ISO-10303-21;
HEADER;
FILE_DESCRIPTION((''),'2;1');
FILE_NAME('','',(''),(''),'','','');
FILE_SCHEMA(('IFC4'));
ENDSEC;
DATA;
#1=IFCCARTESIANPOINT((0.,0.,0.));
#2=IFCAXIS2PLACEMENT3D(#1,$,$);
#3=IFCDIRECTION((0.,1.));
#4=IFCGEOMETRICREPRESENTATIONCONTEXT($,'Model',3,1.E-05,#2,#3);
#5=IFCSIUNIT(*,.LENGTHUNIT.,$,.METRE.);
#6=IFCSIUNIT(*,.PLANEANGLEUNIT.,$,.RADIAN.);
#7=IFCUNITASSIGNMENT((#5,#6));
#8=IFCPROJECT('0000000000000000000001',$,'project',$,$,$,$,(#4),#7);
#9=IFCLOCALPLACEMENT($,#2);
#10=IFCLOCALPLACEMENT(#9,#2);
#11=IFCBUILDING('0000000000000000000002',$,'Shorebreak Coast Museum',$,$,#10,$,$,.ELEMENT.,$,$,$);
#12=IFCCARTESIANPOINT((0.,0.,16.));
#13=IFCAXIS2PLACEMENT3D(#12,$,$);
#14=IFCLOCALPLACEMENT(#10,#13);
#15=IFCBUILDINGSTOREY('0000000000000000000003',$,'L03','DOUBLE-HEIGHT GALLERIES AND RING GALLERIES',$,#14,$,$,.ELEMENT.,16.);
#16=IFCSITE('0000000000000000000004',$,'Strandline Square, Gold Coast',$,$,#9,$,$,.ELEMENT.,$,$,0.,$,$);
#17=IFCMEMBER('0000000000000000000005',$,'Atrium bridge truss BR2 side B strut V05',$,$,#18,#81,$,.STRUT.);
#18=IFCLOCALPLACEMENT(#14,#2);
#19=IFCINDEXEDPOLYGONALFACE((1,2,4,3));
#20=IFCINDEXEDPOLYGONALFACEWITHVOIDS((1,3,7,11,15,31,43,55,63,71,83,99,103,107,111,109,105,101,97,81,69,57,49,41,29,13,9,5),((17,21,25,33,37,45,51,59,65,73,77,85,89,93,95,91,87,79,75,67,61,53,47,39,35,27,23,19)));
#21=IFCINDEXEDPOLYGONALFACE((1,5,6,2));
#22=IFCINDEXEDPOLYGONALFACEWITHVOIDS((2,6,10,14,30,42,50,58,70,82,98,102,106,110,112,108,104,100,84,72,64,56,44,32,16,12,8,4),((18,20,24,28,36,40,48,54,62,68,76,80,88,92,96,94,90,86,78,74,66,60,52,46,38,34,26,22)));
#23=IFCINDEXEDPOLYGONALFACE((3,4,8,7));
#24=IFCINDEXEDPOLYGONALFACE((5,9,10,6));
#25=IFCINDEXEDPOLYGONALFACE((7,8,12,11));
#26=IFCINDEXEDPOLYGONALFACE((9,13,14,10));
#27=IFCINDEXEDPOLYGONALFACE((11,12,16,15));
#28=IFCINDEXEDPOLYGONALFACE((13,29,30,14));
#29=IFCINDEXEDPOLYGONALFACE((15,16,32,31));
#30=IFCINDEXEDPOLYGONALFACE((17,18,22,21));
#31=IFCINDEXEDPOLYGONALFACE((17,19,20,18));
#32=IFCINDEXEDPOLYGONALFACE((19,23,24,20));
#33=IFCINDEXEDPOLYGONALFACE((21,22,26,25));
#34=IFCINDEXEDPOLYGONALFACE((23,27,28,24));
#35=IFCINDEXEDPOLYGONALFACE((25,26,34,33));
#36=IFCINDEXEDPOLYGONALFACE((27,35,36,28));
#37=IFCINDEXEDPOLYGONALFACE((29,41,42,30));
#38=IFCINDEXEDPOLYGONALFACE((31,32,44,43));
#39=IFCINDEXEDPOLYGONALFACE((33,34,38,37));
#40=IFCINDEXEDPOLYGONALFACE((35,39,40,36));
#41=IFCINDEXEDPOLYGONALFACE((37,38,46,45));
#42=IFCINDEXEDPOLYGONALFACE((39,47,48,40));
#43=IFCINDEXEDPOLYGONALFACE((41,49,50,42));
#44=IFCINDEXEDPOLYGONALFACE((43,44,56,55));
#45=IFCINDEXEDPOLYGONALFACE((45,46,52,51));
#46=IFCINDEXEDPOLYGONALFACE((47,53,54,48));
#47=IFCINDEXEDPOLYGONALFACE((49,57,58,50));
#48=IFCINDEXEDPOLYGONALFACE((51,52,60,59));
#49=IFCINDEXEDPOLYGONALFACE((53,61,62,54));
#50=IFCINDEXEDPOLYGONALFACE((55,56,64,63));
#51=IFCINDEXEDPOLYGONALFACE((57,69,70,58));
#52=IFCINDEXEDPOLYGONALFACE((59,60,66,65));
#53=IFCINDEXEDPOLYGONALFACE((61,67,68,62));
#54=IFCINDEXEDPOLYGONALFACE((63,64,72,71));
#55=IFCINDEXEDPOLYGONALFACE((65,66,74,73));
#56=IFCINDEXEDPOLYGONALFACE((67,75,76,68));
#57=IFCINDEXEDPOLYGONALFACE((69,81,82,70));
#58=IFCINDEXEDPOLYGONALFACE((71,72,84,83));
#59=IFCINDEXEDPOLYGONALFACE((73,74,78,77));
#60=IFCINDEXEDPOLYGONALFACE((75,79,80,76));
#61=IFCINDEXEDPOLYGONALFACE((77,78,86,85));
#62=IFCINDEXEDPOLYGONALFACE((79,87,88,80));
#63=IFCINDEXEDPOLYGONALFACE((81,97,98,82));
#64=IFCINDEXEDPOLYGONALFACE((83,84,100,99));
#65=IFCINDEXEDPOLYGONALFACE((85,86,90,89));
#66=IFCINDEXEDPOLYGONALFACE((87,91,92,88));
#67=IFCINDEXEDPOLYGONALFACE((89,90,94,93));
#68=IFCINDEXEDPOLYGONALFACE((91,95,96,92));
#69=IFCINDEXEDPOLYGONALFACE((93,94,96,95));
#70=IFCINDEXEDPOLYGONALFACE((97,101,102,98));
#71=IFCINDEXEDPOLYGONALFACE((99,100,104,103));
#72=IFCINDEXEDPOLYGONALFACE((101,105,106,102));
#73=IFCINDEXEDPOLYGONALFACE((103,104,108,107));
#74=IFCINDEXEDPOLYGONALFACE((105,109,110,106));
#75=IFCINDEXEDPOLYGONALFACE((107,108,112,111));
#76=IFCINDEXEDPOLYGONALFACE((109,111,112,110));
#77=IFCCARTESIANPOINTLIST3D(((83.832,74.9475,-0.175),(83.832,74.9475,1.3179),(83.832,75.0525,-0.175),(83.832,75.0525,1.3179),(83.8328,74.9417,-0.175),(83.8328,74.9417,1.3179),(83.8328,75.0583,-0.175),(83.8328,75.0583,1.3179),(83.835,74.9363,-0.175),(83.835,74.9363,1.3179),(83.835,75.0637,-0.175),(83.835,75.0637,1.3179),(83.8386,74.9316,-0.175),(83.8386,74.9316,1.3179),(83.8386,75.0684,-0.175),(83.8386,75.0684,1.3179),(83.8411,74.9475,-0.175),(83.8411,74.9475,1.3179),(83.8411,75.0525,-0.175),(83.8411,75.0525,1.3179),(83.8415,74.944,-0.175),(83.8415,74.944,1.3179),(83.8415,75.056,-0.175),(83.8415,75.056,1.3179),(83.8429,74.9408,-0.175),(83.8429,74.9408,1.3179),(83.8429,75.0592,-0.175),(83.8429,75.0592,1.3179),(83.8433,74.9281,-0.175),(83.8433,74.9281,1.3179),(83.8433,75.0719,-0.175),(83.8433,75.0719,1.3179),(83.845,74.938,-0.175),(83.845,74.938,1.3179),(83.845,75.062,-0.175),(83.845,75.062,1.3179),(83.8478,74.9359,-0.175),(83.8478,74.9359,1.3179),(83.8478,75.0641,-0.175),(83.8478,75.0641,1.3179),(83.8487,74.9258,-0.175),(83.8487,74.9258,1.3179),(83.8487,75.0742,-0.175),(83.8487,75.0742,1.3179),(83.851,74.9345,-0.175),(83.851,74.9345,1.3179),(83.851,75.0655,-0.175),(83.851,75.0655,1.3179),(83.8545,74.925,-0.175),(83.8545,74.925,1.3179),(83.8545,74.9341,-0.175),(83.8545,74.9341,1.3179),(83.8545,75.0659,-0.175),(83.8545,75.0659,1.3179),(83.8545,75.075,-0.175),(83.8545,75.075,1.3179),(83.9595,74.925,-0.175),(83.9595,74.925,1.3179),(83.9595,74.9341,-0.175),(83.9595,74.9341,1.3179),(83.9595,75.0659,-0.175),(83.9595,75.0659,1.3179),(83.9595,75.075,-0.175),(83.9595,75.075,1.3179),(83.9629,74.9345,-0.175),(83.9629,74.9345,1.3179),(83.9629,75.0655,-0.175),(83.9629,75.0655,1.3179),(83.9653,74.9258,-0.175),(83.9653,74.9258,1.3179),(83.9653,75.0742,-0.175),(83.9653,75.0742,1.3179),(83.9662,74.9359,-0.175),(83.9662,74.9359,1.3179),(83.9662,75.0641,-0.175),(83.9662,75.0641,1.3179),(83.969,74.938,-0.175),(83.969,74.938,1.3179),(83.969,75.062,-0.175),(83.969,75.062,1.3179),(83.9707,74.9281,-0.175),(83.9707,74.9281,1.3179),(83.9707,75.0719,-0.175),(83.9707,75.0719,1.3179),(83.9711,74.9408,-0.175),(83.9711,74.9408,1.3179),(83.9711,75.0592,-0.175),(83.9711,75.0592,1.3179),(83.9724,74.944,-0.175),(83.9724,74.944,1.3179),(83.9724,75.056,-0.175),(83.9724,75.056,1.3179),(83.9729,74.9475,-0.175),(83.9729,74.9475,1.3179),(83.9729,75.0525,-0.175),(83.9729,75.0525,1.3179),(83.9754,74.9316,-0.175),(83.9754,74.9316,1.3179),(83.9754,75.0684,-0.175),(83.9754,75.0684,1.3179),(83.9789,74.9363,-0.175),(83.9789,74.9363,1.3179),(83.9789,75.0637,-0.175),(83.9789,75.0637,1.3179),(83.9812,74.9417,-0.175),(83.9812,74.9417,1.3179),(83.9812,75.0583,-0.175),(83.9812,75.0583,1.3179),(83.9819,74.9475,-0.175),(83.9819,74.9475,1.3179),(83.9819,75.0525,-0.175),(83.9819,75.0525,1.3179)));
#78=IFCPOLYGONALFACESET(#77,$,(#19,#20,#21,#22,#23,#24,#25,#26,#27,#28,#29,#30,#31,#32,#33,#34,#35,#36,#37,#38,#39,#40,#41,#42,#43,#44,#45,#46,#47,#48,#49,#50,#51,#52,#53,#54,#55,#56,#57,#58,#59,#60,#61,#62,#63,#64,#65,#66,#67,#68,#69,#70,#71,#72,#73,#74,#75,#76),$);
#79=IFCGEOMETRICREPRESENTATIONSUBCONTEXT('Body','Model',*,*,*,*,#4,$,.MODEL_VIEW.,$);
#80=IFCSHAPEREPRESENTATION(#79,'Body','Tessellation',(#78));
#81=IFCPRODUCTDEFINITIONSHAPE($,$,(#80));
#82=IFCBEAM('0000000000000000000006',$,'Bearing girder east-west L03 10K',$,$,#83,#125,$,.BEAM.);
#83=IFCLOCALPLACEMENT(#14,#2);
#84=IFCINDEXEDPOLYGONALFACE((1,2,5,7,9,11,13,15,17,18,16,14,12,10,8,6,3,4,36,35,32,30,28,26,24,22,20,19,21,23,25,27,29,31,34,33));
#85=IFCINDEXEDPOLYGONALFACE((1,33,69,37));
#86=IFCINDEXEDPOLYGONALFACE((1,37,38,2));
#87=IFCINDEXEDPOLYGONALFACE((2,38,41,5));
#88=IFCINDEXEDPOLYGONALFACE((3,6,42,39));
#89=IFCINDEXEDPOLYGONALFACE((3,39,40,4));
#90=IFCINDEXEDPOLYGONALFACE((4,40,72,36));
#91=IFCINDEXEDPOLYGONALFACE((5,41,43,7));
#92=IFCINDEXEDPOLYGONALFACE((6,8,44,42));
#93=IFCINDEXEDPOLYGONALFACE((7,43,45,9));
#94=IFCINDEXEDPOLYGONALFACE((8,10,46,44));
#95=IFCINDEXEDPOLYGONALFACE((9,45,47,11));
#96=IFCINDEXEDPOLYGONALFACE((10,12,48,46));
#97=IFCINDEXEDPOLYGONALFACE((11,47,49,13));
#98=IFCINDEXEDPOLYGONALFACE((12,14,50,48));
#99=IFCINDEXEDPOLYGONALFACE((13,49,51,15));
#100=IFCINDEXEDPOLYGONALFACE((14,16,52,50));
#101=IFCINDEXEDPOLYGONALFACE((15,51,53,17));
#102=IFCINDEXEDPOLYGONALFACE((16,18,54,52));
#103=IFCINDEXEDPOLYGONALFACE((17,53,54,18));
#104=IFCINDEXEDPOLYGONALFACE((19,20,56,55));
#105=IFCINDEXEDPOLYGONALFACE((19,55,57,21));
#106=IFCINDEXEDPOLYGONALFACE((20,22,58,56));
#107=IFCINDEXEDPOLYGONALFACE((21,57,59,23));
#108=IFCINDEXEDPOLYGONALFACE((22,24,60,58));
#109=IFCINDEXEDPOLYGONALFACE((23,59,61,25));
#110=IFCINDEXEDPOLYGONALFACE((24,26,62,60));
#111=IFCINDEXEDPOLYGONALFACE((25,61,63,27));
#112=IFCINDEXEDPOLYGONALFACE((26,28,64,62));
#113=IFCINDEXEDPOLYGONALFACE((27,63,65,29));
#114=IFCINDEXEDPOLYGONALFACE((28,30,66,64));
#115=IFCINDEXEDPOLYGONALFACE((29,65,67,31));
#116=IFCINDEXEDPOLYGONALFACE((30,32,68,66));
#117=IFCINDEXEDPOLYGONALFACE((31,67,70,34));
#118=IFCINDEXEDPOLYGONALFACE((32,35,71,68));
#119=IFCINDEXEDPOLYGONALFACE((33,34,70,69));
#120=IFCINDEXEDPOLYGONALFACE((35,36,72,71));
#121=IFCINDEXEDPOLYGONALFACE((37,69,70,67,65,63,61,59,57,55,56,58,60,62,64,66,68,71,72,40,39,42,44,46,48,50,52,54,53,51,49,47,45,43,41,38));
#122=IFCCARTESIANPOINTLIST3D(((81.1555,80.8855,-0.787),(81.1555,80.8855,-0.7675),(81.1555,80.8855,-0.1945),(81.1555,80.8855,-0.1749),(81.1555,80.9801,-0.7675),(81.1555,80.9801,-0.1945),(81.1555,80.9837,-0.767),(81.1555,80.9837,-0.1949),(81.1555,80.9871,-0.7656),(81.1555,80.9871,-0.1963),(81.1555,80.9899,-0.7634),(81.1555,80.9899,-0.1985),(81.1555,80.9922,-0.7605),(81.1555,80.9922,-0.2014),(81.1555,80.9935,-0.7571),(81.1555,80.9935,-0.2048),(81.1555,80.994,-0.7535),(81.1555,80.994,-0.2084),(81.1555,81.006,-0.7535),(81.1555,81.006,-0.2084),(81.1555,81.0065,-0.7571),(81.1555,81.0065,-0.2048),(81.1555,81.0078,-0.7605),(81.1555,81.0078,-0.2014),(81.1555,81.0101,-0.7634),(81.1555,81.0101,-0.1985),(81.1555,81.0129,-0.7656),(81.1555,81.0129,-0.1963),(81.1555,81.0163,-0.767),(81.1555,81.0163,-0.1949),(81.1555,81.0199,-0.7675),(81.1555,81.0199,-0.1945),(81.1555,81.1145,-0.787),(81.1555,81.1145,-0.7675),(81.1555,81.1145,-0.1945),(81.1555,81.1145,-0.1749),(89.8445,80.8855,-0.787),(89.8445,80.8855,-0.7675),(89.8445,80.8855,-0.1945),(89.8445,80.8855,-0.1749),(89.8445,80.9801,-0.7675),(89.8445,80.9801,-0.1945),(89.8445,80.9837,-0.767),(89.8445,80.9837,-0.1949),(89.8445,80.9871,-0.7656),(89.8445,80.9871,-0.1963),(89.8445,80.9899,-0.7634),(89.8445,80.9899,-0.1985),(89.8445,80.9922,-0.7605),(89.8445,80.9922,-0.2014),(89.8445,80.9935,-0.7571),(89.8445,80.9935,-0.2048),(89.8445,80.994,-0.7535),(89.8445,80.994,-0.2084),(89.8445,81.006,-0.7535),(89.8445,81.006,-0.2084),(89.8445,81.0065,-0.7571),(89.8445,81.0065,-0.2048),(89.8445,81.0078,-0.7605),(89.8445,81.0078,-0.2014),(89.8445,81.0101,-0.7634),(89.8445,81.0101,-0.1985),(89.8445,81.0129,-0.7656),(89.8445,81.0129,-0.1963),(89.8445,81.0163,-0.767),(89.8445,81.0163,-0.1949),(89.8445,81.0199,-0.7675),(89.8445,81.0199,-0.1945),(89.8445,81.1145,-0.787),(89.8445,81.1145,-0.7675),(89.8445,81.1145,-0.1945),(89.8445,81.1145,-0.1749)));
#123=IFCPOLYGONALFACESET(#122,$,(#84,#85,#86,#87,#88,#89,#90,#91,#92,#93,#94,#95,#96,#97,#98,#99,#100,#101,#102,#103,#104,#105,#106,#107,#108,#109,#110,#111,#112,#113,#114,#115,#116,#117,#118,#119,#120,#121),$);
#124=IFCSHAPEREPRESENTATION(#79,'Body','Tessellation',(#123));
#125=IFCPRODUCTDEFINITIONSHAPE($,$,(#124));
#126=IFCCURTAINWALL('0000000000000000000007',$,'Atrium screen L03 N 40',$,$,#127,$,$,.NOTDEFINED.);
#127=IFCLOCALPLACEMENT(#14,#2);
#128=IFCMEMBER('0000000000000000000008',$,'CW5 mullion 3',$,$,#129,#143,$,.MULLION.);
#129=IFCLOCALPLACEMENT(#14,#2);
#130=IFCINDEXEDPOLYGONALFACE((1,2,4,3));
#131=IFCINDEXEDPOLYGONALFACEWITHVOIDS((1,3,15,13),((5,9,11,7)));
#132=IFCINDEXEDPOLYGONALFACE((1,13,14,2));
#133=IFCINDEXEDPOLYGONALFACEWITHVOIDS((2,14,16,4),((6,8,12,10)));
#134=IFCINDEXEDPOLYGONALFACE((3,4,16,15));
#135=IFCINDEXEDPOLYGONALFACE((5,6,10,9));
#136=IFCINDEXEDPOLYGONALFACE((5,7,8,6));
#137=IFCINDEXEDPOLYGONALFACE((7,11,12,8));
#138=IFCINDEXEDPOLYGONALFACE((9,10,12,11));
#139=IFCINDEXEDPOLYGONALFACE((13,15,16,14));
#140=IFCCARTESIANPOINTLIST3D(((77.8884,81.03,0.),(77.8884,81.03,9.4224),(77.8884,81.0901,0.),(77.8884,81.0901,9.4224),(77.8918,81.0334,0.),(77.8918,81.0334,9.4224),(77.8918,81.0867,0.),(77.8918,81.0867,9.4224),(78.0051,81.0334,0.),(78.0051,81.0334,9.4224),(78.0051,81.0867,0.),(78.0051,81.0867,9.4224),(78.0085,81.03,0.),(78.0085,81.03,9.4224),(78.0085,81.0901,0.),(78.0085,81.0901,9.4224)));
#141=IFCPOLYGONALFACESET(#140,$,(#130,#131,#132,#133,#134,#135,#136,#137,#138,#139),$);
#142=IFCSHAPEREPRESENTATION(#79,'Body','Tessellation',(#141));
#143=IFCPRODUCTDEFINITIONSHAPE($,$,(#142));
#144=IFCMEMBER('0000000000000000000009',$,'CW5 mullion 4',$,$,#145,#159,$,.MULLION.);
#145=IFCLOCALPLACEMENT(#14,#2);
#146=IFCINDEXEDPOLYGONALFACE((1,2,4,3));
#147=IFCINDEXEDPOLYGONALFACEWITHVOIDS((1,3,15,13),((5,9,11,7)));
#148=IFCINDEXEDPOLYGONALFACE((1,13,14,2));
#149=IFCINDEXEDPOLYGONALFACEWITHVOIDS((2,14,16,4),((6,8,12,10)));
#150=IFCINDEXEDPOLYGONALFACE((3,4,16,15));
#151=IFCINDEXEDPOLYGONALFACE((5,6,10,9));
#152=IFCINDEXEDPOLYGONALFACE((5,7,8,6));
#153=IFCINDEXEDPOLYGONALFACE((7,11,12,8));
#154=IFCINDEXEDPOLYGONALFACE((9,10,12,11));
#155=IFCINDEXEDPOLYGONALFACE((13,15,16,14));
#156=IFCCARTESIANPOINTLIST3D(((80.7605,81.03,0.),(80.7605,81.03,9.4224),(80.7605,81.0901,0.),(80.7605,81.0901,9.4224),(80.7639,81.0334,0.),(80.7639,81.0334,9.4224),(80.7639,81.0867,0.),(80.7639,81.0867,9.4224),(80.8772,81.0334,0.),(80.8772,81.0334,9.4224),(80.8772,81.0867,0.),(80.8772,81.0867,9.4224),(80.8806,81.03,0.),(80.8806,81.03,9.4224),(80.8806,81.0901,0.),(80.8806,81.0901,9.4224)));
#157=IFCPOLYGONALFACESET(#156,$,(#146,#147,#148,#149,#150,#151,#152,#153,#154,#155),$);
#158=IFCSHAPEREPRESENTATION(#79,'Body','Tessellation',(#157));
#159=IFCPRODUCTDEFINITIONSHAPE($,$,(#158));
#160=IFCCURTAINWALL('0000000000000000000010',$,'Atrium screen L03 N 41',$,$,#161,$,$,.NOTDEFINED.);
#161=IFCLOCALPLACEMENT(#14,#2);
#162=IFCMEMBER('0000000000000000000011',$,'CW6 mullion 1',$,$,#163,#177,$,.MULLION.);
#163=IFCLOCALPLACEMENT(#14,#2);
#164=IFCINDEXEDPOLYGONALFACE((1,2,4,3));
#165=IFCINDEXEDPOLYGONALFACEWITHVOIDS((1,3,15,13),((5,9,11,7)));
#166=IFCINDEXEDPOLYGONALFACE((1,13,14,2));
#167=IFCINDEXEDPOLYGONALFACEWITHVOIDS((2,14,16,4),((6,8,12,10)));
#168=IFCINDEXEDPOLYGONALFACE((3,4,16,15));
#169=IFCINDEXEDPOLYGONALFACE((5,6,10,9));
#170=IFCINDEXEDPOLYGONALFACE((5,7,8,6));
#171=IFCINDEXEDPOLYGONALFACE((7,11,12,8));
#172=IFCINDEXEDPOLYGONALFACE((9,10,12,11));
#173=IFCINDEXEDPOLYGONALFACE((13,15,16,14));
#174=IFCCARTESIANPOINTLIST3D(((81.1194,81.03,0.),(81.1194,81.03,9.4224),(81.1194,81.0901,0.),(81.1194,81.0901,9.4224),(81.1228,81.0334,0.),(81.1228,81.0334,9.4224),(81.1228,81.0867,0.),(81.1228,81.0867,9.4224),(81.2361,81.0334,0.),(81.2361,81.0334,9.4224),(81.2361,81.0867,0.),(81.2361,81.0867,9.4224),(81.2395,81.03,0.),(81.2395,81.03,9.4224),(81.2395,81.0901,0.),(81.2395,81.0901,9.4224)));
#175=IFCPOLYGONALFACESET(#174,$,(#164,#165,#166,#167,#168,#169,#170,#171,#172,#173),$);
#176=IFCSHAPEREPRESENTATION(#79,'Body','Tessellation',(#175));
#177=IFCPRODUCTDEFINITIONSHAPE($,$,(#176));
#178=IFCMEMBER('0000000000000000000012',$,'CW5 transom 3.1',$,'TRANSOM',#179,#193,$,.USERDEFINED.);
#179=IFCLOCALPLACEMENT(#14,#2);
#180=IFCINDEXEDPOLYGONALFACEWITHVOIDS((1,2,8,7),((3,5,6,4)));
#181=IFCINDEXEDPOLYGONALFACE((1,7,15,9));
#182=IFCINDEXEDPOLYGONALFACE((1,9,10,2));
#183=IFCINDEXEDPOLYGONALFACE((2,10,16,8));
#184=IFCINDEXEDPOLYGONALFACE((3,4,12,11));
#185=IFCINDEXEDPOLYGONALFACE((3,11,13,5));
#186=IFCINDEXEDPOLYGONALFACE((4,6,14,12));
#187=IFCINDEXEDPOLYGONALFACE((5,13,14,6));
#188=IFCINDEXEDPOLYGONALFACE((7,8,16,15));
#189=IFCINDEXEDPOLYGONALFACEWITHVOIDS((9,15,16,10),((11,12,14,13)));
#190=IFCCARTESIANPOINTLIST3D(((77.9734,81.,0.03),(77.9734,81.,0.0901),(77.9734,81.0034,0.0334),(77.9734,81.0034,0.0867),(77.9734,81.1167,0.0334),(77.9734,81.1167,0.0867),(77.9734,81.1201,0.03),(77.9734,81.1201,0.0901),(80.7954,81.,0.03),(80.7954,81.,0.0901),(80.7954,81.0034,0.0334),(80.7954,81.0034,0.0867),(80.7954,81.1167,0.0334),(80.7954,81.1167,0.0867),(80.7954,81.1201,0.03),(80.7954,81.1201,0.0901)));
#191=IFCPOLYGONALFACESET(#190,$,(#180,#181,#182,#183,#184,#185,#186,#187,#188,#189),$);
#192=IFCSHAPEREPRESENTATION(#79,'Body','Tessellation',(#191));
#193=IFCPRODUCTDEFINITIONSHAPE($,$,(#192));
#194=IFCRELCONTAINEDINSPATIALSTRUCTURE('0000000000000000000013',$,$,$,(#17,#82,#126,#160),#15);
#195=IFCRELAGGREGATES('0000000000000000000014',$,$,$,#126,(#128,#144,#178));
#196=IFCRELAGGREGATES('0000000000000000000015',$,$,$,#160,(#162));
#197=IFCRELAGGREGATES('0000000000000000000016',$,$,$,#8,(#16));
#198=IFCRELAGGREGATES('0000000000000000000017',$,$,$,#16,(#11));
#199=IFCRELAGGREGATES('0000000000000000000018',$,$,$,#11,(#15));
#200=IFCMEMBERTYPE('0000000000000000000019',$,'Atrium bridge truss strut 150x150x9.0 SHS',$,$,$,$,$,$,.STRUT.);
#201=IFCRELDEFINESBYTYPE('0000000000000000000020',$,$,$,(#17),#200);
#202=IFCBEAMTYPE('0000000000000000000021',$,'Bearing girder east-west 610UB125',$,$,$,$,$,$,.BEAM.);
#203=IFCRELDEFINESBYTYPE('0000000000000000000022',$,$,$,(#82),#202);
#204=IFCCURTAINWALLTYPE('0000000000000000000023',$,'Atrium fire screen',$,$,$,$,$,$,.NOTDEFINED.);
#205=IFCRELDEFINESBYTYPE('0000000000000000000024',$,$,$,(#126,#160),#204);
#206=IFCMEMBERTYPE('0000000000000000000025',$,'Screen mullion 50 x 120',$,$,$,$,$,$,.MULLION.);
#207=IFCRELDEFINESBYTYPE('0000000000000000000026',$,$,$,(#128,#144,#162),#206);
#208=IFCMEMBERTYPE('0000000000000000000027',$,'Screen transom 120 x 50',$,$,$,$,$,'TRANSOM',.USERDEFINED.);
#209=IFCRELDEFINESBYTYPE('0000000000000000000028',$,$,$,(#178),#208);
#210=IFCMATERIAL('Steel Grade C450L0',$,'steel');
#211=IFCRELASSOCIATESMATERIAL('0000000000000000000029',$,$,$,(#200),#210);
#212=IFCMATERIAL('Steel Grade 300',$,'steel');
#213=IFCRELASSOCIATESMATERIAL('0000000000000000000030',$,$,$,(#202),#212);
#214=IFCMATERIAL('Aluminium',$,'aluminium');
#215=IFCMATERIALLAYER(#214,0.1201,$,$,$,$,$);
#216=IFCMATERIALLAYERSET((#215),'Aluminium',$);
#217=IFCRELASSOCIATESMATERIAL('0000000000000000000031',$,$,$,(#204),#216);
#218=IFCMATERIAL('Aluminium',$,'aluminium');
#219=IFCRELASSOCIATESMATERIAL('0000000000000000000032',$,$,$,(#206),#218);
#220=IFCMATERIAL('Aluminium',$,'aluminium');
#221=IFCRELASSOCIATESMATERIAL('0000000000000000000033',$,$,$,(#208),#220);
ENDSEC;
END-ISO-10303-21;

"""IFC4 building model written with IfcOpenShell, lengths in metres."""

from ifc_helpers import new_model, si_unit, direction, frame, origin, origin_2d, place, context, subcontext, project, spatial, hollow_rectangle, i_section, extrude, material, layer, layer_set, material_profile, profile_set, type_object, element, aggregate, save


model = new_model("IFC4")

# Units and contexts
model_context = context("Model", 3, precision=1e-05, world=origin(), true_north=direction((0.0, 1.0)))
body_context = subcontext(model_context, "Body", "Model", "MODEL_VIEW")
ifc_project = project(units=[si_unit("LENGTHUNIT", "METRE"), si_unit("PLANEANGLEUNIT", "RADIAN")], contexts=[model_context])

# Site, building, storey
site_placement = place(None, origin())
site = spatial("IfcSite", under=ifc_project, at=site_placement, Name="Strandline Square, Gold Coast", CompositionType="ELEMENT", RefElevation=0.0)
building_placement = place(site_placement, origin())
building = spatial("IfcBuilding", under=site, at=building_placement, Name="Shorebreak Coast Museum", CompositionType="ELEMENT")
storey_placement = place(building_placement, frame((0.0, 0.0, 16.0)))
storey = spatial("IfcBuildingStorey", under=building, at=storey_placement, Name="L03", Description="DOUBLE-HEIGHT GALLERIES AND RING GALLERIES", CompositionType="ELEMENT", Elevation=16.0)

# Member
ifc_material_1 = material(Name="Steel Grade C450L0", Category="steel")
ifc_material_profile_1 = material_profile(ifc_material_1, hollow_rectangle(XDim=0.1499, YDim=0.1499, WallThickness=0.009, InnerFilletRadius=0.0134, OuterFilletRadius=0.0225, at=origin_2d()), Name="150x150x9.0 SHS")
ifc_profile_set_1 = profile_set([ifc_material_profile_1], Name="Steel Grade C450L0")
member_type_1 = type_object("IfcMemberType", Name="Atrium bridge truss strut 150x150x9.0 SHS", PredefinedType="STRUT", material=ifc_profile_set_1)
member_1_placement = place(storey_placement, frame((83.907, 75.0, -0.175), z_axis=(0.0, 0.0, 1.0), x_axis=(1.0, 0.0, 0.0)))
element("IfcMember", 1, at=member_1_placement, inside=storey, type_object=member_type_1, Name="Atrium bridge truss BR2 side B strut V05", PredefinedType="STRUT", context=body_context, shape_type="SweptSolid", body=[
    extrude(hollow_rectangle(XDim=0.1499, YDim=0.1499, WallThickness=0.009, InnerFilletRadius=0.0134, OuterFilletRadius=0.0225, at=origin_2d()), origin(), (0.0, 0.0, 1.0), 1.4929),
])

# Beam
ifc_material_2 = material(Name="Steel Grade 300", Category="steel")
ifc_material_profile_2 = material_profile(ifc_material_2, i_section(OverallWidth=0.229, OverallDepth=0.6121, WebThickness=0.012, FlangeThickness=0.0195, FilletRadius=0.0139, at=origin_2d()), Name="610UB125")
ifc_profile_set_2 = profile_set([ifc_material_profile_2], Name="Steel Grade 300")
beam_type = type_object("IfcBeamType", Name="Bearing girder east-west 610UB125", PredefinedType="BEAM", material=ifc_profile_set_2)
beam_placement = place(storey_placement, frame((81.1555, 81.0, -0.481), z_axis=(1.0, 0.0, 0.0), x_axis=(0.0, 1.0, 0.0)))
element("IfcBeam", 2, at=beam_placement, inside=storey, type_object=beam_type, Name="Bearing girder east-west L03 10K", PredefinedType="BEAM", context=body_context, shape_type="SweptSolid", body=[
    extrude(i_section(OverallWidth=0.229, OverallDepth=0.6121, WebThickness=0.012, FlangeThickness=0.0195, FilletRadius=0.0139, at=origin_2d()), origin(), (0.0, 0.0, 1.0), 8.689),
])

# Curtain wall, members
ifc_material_3 = material(Name="Aluminium", Category="aluminium")
ifc_layer_1 = layer(ifc_material_3, 0.1201)
ifc_layer_set_1 = layer_set([ifc_layer_1], Name="Aluminium")
curtain_wall_type = type_object("IfcCurtainWallType", Name="Atrium fire screen", PredefinedType="NOTDEFINED", material=ifc_layer_set_1)
curtain_wall_1_placement = place(storey_placement, origin())
curtain_wall_1 = element("IfcCurtainWall", 3, at=curtain_wall_1_placement, inside=storey, type_object=curtain_wall_type, Name="Atrium screen L03 N 40", PredefinedType="NOTDEFINED")
ifc_material_4 = material(Name="Aluminium", Category="aluminium")
ifc_material_profile_3 = material_profile(ifc_material_4, hollow_rectangle(XDim=0.0601, YDim=0.1201, WallThickness=0.0034, at=origin_2d()), Name="AL 120x60 RHS")
ifc_profile_set_3 = profile_set([ifc_material_profile_3], Name="Aluminium")
member_type_2 = type_object("IfcMemberType", Name="Screen mullion 50 x 120", PredefinedType="MULLION", material=ifc_profile_set_3)
member_2_placement = place(storey_placement, frame((77.9485, 81.0601, 0.0), z_axis=(0.0, 0.0, 1.0), x_axis=(0.0, 1.0, 0.0)))
member_2 = element("IfcMember", 4, at=member_2_placement, type_object=member_type_2, Name="CW5 mullion 3", PredefinedType="MULLION", context=body_context, shape_type="SweptSolid", body=[
    extrude(hollow_rectangle(XDim=0.0601, YDim=0.1201, WallThickness=0.0034, at=origin_2d()), origin(), (0.0, 0.0, 1.0), 9.4224),
])
member_3_placement = place(storey_placement, frame((80.8206, 81.0601, 0.0), z_axis=(0.0, 0.0, 1.0), x_axis=(0.0, 1.0, 0.0)))
member_3 = element("IfcMember", 5, at=member_3_placement, type_object=member_type_2, Name="CW5 mullion 4", PredefinedType="MULLION", context=body_context, shape_type="SweptSolid", body=[
    extrude(hollow_rectangle(XDim=0.0601, YDim=0.1201, WallThickness=0.0034, at=origin_2d()), origin(), (0.0, 0.0, 1.0), 9.4224),
])

# Curtain wall, member
curtain_wall_2_placement = place(storey_placement, origin())
curtain_wall_2 = element("IfcCurtainWall", 6, at=curtain_wall_2_placement, inside=storey, type_object=curtain_wall_type, Name="Atrium screen L03 N 41", PredefinedType="NOTDEFINED")
member_4_placement = place(storey_placement, frame((81.1794, 81.0601, 0.0), z_axis=(0.0, 0.0, 1.0), x_axis=(0.0, 1.0, 0.0)))
member_4 = element("IfcMember", 7, at=member_4_placement, type_object=member_type_2, Name="CW6 mullion 1", PredefinedType="MULLION", context=body_context, shape_type="SweptSolid", body=[
    extrude(hollow_rectangle(XDim=0.0601, YDim=0.1201, WallThickness=0.0034, at=origin_2d()), origin(), (0.0, 0.0, 1.0), 9.4224),
])

# Member
ifc_material_5 = material(Name="Aluminium", Category="aluminium")
ifc_material_profile_4 = material_profile(ifc_material_5, hollow_rectangle(XDim=0.1201, YDim=0.0601, WallThickness=0.0034, at=origin_2d()), Name="AL 60x120 RHS")
ifc_profile_set_4 = profile_set([ifc_material_profile_4], Name="Aluminium")
member_type_3 = type_object("IfcMemberType", Name="Screen transom 120 x 50", ElementType="TRANSOM", PredefinedType="USERDEFINED", material=ifc_profile_set_4)
member_5_placement = place(storey_placement, frame((77.9734, 81.0601, 0.0601), z_axis=(1.0, 0.0, 0.0), x_axis=(0.0, 1.0, 0.0)))
member_5 = element("IfcMember", 8, at=member_5_placement, type_object=member_type_3, Name="CW5 transom 3.1", ObjectType="TRANSOM", PredefinedType="USERDEFINED", context=body_context, shape_type="SweptSolid", body=[
    extrude(hollow_rectangle(XDim=0.1201, YDim=0.0601, WallThickness=0.0034, at=origin_2d()), origin(), (0.0, 0.0, 1.0), 2.822),
])

aggregate(curtain_wall_1, [member_2, member_3, member_5])
aggregate(curtain_wall_2, [member_4])

save(model, "model.ifc")
